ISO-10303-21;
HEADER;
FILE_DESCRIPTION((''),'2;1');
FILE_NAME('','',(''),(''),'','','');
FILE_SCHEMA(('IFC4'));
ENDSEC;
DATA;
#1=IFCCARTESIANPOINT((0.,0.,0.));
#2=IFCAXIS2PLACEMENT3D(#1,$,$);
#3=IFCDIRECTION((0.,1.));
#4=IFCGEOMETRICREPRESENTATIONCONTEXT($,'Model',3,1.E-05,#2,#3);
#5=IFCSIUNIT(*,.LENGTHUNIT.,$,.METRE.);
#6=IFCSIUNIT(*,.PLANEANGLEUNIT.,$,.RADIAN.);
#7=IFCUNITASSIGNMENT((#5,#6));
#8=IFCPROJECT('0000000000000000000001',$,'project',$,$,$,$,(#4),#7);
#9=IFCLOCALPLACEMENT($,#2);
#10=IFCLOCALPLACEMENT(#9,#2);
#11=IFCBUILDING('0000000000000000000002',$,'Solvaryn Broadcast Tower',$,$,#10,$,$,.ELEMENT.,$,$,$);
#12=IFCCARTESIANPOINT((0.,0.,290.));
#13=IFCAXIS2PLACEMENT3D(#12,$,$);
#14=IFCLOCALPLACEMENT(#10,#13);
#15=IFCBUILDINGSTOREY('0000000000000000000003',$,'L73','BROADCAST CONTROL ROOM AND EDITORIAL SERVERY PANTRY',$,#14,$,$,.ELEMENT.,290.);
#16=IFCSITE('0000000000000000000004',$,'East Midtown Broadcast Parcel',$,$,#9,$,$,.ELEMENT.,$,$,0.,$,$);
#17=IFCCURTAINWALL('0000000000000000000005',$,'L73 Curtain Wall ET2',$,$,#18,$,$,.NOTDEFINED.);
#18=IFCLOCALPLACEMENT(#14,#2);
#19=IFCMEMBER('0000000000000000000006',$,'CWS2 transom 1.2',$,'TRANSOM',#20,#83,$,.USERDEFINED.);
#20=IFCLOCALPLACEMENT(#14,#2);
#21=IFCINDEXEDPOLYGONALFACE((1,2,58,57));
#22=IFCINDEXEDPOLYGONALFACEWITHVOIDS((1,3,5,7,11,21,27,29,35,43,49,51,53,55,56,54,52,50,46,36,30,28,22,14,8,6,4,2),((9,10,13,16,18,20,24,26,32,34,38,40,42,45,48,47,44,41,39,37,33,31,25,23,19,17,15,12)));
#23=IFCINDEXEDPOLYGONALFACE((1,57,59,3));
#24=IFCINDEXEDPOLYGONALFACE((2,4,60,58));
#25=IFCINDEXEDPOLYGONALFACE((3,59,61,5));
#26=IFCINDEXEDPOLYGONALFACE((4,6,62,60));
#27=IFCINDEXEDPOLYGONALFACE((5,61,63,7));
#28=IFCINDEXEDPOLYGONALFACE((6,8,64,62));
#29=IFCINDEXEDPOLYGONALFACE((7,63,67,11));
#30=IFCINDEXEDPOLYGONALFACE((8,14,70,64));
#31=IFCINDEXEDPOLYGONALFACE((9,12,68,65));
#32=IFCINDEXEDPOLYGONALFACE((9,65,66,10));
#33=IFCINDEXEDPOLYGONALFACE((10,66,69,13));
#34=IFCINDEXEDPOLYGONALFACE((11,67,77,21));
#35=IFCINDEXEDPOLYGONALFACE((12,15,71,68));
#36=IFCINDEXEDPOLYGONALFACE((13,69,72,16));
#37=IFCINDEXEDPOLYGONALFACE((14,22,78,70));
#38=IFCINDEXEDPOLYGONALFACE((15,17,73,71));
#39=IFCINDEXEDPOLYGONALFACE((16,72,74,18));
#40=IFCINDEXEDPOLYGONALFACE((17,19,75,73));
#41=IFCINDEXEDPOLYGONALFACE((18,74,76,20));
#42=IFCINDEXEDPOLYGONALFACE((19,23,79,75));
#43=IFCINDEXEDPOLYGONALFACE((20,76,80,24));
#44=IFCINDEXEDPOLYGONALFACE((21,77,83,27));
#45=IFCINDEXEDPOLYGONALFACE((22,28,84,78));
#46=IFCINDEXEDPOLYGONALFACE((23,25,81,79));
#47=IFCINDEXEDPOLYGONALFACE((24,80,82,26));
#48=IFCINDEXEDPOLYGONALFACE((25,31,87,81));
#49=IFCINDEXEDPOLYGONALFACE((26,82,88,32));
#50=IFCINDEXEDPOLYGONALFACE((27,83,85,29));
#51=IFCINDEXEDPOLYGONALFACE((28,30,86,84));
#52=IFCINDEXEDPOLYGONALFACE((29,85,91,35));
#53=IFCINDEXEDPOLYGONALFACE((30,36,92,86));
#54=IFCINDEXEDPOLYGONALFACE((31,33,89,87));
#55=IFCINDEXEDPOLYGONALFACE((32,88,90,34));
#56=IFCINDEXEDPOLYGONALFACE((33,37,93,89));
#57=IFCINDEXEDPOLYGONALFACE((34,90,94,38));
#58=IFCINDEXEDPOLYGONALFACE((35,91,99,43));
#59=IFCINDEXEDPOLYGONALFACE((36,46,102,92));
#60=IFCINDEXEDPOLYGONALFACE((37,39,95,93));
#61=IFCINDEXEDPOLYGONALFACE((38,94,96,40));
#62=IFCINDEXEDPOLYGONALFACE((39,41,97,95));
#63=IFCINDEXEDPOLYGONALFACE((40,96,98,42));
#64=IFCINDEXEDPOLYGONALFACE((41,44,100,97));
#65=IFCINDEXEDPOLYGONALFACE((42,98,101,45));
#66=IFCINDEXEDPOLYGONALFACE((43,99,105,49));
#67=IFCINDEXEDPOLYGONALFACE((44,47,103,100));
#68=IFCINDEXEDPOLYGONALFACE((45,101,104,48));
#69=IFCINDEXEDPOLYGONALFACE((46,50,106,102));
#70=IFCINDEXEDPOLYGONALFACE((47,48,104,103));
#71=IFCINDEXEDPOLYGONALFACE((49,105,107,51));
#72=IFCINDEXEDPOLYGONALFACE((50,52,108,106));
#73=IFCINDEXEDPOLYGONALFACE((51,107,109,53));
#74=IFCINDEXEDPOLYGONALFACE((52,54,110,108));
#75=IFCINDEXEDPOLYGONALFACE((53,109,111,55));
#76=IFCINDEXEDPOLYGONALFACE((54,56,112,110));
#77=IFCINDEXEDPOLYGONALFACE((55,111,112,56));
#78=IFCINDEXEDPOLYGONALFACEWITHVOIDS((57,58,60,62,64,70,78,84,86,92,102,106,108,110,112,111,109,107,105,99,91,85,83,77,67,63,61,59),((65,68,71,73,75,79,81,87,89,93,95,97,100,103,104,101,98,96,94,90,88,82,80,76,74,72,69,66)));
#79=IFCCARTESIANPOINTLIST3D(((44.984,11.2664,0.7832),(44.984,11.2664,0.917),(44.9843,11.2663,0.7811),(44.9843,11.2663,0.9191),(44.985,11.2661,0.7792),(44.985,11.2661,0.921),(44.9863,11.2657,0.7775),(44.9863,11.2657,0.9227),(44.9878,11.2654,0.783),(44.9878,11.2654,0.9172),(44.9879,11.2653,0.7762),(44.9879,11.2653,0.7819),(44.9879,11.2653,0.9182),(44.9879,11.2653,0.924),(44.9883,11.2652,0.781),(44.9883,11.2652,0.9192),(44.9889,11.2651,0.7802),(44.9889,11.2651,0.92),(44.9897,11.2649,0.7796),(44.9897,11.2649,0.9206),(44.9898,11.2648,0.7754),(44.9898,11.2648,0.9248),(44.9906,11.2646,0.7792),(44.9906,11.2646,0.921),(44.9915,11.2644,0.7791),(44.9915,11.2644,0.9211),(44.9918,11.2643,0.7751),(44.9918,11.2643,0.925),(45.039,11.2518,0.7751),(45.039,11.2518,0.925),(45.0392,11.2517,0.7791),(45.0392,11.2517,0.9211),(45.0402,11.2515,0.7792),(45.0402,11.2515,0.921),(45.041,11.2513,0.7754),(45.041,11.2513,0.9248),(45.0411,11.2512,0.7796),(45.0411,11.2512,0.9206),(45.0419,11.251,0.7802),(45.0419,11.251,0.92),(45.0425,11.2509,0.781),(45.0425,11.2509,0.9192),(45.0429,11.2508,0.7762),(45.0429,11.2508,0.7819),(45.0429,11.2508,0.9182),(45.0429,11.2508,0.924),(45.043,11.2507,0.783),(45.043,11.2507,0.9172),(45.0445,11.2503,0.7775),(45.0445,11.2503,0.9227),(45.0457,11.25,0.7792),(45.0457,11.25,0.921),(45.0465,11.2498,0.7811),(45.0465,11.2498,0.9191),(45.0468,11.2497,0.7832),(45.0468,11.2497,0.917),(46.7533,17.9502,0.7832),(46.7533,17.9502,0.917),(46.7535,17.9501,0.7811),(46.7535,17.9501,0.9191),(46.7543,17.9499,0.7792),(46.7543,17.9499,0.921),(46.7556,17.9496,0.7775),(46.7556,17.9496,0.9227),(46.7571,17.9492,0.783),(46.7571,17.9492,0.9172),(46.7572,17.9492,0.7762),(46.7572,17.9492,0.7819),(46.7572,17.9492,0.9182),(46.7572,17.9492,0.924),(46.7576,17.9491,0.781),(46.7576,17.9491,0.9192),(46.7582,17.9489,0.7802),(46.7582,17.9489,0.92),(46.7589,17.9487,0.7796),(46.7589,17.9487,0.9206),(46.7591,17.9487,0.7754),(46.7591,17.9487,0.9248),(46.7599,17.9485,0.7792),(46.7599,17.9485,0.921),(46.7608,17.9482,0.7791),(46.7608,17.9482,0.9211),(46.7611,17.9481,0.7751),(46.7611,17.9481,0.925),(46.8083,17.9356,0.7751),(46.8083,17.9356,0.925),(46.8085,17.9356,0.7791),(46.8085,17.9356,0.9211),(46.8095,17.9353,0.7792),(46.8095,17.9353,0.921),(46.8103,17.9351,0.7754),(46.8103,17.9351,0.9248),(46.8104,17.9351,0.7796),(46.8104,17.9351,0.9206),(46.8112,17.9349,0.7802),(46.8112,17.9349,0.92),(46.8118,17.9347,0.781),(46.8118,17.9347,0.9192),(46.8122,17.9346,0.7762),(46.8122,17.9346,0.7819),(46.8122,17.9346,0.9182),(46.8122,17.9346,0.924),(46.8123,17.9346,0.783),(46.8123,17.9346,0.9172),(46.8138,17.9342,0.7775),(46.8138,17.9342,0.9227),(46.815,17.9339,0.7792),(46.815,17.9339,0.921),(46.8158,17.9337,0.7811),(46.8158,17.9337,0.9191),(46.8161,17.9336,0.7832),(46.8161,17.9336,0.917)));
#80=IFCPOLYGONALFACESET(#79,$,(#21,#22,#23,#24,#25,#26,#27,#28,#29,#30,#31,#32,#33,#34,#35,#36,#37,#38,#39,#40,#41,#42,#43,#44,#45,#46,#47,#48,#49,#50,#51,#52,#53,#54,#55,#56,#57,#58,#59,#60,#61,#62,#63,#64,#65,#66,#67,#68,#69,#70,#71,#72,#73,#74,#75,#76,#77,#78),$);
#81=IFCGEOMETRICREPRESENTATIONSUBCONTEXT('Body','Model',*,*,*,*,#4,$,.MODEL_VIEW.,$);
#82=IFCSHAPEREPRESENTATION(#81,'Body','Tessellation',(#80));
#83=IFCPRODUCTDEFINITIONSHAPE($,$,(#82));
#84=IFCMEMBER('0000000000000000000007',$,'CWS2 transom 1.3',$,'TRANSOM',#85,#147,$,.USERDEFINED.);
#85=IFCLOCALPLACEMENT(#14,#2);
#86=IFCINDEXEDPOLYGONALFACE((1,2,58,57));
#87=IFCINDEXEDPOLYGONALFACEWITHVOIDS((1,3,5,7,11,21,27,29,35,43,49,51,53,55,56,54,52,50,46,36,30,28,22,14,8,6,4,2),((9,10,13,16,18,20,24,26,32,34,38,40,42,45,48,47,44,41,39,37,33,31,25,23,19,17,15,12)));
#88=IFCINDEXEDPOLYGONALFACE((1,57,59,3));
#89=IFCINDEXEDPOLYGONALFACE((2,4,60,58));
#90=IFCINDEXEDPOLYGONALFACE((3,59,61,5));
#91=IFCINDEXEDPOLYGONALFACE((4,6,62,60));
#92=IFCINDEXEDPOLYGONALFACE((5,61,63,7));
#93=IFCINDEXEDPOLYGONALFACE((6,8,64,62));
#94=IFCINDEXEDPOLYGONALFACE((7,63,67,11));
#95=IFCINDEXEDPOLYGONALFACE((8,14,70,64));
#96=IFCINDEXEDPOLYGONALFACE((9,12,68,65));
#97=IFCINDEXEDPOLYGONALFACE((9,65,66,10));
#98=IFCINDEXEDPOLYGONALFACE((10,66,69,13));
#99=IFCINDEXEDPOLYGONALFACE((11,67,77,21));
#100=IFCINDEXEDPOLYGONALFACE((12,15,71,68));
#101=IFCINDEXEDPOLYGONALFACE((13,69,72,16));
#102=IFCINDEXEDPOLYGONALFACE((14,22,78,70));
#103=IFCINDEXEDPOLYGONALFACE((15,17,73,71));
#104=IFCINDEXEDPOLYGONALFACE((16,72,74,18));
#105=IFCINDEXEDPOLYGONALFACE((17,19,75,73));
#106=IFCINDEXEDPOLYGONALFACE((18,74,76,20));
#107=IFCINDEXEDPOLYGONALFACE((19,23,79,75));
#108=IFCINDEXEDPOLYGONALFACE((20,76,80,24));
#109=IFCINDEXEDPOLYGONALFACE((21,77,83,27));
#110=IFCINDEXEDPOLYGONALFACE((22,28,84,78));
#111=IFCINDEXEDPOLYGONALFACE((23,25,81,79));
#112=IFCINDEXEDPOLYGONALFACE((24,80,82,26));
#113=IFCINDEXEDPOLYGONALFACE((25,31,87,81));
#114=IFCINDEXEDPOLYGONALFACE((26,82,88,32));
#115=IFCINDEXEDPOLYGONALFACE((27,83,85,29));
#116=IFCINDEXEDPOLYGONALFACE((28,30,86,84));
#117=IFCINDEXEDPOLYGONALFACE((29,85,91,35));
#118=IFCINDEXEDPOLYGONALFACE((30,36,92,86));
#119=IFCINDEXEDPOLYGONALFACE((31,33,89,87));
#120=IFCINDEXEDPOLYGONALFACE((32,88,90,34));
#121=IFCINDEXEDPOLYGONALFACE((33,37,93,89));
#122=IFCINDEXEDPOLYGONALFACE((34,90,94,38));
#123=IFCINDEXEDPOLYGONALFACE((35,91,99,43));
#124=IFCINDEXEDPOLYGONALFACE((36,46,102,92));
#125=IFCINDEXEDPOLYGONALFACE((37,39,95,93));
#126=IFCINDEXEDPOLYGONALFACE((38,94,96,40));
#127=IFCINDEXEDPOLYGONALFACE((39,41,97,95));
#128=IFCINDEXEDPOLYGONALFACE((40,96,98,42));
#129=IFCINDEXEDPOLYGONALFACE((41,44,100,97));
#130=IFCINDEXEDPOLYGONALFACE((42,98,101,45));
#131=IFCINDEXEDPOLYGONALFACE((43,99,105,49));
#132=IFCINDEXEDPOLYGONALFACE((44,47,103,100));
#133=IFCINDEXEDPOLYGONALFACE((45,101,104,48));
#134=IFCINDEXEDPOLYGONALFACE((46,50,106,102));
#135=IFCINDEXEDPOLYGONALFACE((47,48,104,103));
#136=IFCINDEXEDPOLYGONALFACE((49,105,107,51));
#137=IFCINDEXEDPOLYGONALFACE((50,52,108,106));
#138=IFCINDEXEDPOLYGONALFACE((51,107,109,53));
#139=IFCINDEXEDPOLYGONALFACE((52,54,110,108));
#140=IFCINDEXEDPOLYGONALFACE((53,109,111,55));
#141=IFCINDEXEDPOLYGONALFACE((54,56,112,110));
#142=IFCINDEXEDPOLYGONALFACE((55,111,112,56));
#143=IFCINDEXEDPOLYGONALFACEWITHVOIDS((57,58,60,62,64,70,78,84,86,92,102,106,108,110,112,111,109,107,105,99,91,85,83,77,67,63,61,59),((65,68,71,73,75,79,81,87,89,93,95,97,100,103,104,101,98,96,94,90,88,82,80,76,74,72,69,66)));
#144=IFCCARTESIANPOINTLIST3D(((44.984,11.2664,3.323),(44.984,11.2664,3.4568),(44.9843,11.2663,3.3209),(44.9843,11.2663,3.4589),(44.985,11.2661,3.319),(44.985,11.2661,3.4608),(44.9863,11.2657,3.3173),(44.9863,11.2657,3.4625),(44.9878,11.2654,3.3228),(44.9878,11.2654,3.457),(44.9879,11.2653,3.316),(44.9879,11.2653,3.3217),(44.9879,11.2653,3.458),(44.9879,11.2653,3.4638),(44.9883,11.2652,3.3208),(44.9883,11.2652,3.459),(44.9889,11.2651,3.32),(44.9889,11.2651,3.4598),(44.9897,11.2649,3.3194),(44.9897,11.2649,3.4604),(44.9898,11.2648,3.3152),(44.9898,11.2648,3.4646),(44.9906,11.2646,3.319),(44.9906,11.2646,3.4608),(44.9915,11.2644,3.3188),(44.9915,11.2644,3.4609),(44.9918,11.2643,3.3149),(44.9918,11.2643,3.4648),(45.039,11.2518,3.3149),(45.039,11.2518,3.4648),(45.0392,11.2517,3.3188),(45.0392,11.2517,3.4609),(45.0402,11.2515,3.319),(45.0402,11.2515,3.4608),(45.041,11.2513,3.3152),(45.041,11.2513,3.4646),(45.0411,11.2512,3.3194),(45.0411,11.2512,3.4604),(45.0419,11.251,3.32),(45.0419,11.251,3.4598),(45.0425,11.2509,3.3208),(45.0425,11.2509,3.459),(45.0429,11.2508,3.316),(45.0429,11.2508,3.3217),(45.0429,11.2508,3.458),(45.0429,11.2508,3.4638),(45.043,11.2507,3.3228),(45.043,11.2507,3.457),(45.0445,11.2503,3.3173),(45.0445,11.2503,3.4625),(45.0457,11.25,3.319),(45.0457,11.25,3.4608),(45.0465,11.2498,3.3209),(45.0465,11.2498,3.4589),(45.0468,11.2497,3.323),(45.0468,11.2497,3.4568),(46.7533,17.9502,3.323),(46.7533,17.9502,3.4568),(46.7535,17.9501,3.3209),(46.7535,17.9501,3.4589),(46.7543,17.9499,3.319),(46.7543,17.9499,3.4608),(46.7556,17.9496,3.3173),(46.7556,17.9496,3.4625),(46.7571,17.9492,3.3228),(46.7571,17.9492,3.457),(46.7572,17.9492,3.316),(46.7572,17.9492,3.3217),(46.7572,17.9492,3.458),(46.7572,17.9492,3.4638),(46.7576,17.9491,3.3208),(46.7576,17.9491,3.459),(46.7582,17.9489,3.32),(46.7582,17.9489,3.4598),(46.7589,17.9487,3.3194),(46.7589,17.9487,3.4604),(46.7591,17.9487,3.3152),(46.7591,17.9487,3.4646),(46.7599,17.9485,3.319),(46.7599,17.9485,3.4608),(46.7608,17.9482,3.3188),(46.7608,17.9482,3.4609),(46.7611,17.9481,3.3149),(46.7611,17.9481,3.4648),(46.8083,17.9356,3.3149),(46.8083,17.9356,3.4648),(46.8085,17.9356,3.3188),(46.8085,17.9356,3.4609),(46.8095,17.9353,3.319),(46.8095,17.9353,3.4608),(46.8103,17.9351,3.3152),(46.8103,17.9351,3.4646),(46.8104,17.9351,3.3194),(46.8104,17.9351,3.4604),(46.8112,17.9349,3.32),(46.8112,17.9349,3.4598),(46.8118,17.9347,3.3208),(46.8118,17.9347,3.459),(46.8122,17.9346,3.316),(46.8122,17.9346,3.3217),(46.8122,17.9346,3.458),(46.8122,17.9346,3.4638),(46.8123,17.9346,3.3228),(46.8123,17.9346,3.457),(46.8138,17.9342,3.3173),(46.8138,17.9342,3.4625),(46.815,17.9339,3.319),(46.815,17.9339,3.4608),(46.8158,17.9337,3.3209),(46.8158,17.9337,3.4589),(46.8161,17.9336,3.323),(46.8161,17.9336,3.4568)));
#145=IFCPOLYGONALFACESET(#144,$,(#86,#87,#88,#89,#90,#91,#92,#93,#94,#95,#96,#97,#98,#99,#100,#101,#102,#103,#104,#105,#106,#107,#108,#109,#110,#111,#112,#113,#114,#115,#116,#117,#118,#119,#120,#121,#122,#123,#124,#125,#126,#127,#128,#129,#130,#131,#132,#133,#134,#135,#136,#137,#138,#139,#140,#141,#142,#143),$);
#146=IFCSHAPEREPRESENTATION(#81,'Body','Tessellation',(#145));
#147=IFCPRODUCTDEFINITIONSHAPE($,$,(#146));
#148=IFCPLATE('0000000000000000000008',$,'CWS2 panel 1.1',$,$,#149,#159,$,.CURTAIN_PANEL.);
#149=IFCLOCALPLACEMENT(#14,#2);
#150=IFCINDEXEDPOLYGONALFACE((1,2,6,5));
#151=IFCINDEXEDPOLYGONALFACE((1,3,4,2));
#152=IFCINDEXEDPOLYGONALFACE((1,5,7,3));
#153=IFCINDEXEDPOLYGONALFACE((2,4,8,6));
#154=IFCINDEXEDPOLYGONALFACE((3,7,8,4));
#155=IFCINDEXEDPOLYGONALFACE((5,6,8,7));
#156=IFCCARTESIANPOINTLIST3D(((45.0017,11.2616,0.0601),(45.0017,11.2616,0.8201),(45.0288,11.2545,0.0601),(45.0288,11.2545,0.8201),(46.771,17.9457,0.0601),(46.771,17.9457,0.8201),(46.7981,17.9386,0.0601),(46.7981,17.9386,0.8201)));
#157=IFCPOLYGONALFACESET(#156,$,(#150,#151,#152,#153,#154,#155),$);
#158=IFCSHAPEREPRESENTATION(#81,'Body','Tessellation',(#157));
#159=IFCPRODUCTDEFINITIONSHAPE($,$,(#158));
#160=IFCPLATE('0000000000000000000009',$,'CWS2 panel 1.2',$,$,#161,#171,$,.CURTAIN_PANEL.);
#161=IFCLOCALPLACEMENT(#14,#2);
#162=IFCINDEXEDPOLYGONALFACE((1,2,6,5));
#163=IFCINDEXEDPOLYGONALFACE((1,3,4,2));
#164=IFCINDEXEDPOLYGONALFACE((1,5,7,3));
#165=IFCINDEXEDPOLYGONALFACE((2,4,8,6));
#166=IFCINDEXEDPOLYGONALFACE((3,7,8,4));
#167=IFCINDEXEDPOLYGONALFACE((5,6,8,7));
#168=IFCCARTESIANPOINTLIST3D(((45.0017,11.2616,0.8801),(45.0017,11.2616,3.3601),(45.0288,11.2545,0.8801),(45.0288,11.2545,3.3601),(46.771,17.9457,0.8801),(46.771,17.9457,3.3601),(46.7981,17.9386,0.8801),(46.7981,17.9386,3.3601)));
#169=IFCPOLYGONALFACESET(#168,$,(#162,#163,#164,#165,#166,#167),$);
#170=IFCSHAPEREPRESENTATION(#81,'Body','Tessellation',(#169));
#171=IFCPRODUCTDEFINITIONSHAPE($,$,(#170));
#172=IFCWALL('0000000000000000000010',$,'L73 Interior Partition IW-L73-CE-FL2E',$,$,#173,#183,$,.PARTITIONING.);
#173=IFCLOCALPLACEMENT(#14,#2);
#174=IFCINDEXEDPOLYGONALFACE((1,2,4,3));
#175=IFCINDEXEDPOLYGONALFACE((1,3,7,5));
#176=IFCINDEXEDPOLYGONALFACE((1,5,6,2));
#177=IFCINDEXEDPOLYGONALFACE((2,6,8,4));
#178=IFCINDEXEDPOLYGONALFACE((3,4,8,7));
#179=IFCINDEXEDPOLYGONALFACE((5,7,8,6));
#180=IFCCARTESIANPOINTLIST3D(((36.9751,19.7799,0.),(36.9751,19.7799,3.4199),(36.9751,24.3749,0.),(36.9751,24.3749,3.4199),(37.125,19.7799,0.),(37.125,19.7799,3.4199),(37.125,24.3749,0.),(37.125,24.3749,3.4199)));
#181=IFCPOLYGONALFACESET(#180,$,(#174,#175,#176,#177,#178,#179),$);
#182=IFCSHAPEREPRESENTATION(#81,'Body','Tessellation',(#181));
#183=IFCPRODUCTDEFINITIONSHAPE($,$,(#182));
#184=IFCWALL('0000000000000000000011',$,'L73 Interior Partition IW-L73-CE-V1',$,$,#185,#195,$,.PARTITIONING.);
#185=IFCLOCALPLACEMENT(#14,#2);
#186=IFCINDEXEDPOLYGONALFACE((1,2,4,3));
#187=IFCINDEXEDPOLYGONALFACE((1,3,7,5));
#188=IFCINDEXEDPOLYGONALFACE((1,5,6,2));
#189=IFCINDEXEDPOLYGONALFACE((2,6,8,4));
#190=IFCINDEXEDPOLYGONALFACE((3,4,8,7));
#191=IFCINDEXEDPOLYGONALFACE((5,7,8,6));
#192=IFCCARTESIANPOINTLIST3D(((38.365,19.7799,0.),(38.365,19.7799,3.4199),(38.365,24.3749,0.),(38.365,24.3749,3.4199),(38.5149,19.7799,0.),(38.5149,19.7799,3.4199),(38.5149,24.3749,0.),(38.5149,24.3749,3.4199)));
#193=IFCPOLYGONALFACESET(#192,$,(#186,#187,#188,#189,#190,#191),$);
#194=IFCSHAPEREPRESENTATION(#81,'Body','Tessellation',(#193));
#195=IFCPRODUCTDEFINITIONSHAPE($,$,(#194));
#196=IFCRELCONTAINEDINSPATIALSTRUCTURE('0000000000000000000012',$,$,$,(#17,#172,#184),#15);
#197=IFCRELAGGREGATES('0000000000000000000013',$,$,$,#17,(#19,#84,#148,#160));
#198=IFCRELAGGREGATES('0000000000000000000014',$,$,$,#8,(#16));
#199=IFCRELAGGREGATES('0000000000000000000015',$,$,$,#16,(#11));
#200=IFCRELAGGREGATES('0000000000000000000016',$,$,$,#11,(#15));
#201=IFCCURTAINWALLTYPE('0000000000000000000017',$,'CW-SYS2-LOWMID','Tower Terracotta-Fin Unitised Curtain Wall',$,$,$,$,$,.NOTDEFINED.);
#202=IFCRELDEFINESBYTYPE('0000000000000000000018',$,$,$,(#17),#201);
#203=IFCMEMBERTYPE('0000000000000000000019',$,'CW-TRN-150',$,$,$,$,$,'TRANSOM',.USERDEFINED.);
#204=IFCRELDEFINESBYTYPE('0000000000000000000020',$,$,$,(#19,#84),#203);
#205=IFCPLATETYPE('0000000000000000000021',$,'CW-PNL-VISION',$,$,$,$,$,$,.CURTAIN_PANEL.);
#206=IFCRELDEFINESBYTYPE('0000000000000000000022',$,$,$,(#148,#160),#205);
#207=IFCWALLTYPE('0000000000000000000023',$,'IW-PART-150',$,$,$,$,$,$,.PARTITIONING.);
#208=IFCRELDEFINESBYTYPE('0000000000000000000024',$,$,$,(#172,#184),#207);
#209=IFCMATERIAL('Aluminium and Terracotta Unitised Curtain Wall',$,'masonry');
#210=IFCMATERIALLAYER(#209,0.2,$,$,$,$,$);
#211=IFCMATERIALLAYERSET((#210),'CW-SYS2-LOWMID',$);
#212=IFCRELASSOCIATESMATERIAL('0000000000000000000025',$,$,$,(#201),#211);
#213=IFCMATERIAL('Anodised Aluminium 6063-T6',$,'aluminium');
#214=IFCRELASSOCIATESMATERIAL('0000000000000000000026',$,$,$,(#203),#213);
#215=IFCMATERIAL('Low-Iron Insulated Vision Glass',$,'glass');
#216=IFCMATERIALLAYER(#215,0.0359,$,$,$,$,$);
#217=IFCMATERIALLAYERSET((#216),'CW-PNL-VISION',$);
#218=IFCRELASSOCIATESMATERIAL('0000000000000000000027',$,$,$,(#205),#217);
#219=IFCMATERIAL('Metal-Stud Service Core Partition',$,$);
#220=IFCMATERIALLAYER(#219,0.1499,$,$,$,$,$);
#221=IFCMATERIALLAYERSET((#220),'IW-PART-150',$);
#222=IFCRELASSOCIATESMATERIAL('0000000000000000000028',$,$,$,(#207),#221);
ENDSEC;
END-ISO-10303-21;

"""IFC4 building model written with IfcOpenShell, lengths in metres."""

from ifc_helpers import new_model, si_unit, direction, frame, frame_2d, origin, origin_2d, place, context, subcontext, project, spatial, rectangle, hollow_rectangle, extrude, material, layer, layer_set, material_profile, profile_set, type_object, element, aggregate, save


model = new_model("IFC4")

# Units and contexts
model_context = context("Model", 3, precision=1e-05, world=origin(), true_north=direction((0.0, 1.0)))
body_context = subcontext(model_context, "Body", "Model", "MODEL_VIEW")
ifc_project = project(units=[si_unit("LENGTHUNIT", "METRE"), si_unit("PLANEANGLEUNIT", "RADIAN")], contexts=[model_context])

# Site, building, storey
site_placement = place(None, origin())
site = spatial("IfcSite", under=ifc_project, at=site_placement, Name="East Midtown Broadcast Parcel", CompositionType="ELEMENT", RefElevation=0.0)
building_placement = place(site_placement, origin())
building = spatial("IfcBuilding", under=site, at=building_placement, Name="Solvaryn Broadcast Tower", CompositionType="ELEMENT")
storey_placement = place(building_placement, frame((0.0, 0.0, 290.0)))
storey = spatial("IfcBuildingStorey", under=building, at=storey_placement, Name="L73", Description="BROADCAST CONTROL ROOM AND EDITORIAL SERVERY PANTRY", CompositionType="ELEMENT", Elevation=290.0)

# Shared definitions
ifc_material_1 = material(Name="Aluminium and Terracotta Unitised Curtain Wall", Category="masonry")
ifc_layer_1 = layer(ifc_material_1, 0.2)
ifc_layer_set_1 = layer_set([ifc_layer_1], Name="CW-SYS2-LOWMID")
curtain_wall_type = type_object("IfcCurtainWallType", Name="CW-SYS2-LOWMID", Description="Tower Terracotta-Fin Unitised Curtain Wall", PredefinedType="NOTDEFINED", material=ifc_layer_set_1)

# Curtain wall, members, plates
curtain_wall_1_placement = place(storey_placement, origin())
curtain_wall_1 = element("IfcCurtainWall", 1, at=curtain_wall_1_placement, inside=storey, type_object=curtain_wall_type, Name="L73 Curtain Wall ET2", PredefinedType="NOTDEFINED")
ifc_material_2 = material(Name="Anodised Aluminium 6063-T6", Category="aluminium")
ifc_material_profile_1 = material_profile(ifc_material_2, hollow_rectangle(XDim=0.0649, YDim=0.1499, WallThickness=0.0039, InnerFilletRadius=0.0039, OuterFilletRadius=0.0081, at=origin_2d()))
ifc_profile_set_1 = profile_set([ifc_material_profile_1], Name="Anodised Aluminium 6063-T6")
member_type_1 = type_object("IfcMemberType", Name="CW-TRN-150", ElementType="TRANSOM", PredefinedType="USERDEFINED", material=ifc_profile_set_1)
member_1_placement = place(storey_placement, frame((46.7847, 17.9419, 0.8501), z_axis=(-0.255897, -0.966704, 0.0), x_axis=(0.966704, -0.255897, 0.0)))
member_1 = element("IfcMember", 2, at=member_1_placement, type_object=member_type_1, Name="CWS2 transom 1.2", ObjectType="TRANSOM", PredefinedType="USERDEFINED", context=body_context, shape_type="SweptSolid", body=[
    extrude(hollow_rectangle(XDim=0.0649, YDim=0.1499, WallThickness=0.0039, InnerFilletRadius=0.0039, OuterFilletRadius=0.0081, at=origin_2d()), origin(), (0.0, 0.0, 1.0), 6.9141),
])
member_2_placement = place(storey_placement, frame((46.7847, 17.9419, 3.3899), z_axis=(-0.255897, -0.966704, 0.0), x_axis=(0.966704, -0.255897, 0.0)))
member_2 = element("IfcMember", 3, at=member_2_placement, type_object=member_type_1, Name="CWS2 transom 1.3", ObjectType="TRANSOM", PredefinedType="USERDEFINED", context=body_context, shape_type="SweptSolid", body=[
    extrude(hollow_rectangle(XDim=0.0649, YDim=0.1499, WallThickness=0.0039, InnerFilletRadius=0.0039, OuterFilletRadius=0.0081, at=origin_2d()), origin(), (0.0, 0.0, 1.0), 6.9141),
])
ifc_material_3 = material(Name="Low-Iron Insulated Vision Glass", Category="glass")
ifc_layer_2 = layer(ifc_material_3, 0.0359)
ifc_layer_set_2 = layer_set([ifc_layer_2], Name="CW-PNL-VISION")
plate_type = type_object("IfcPlateType", Name="CW-PNL-VISION", PredefinedType="CURTAIN_PANEL", material=ifc_layer_set_2)
plate_1_placement = place(storey_placement, frame((45.8999, 14.6001, 0.0601), z_axis=(0.0, 0.0, 1.0), x_axis=(-0.255893, -0.966705, 0.0)))
plate_1 = element("IfcPlate", 4, at=plate_1_placement, type_object=plate_type, Name="CWS2 panel 1.1", PredefinedType="CURTAIN_PANEL", context=body_context, shape_type="SweptSolid", body=[
    extrude(rectangle(XDim=6.9143, YDim=0.0281, at=origin_2d()), origin(), (0.0, 0.0, 1.0), 0.76),
])
plate_2_placement = place(storey_placement, frame((45.8999, 14.6001, 0.8801), z_axis=(0.0, 0.0, 1.0), x_axis=(-0.255893, -0.966705, 0.0)))
plate_2 = element("IfcPlate", 5, at=plate_2_placement, type_object=plate_type, Name="CWS2 panel 1.2", PredefinedType="CURTAIN_PANEL", context=body_context, shape_type="SweptSolid", body=[
    extrude(rectangle(XDim=6.9143, YDim=0.0281, at=origin_2d()), origin(), (0.0, 0.0, 1.0), 2.48),
])
aggregate(curtain_wall_1, [member_1, member_2, plate_1, plate_2])

# Walls
ifc_material_4 = material(Name="Metal-Stud Service Core Partition")
ifc_layer_3 = layer(ifc_material_4, 0.1499)
ifc_layer_set_3 = layer_set([ifc_layer_3], Name="IW-PART-150")
wall_type_1 = type_object("IfcWallType", Name="IW-PART-150", PredefinedType="PARTITIONING", material=ifc_layer_set_3)
for number, where, z_axis, x_axis, name in (
    (6, (37.05, 19.78, 0.0), (0.0, 0.0, 1.0), (0.0, 1.0, 0.0), "L73 Interior Partition IW-L73-CE-FL2E"),
    (7, (38.4399, 19.78, 0.0), (0.0, 0.0, 1.0), (0.0, 1.0, 0.0), "L73 Interior Partition IW-L73-CE-V1"),
):
    element("IfcWall", number, at=place(storey_placement, frame(where, z_axis=z_axis, x_axis=x_axis)), inside=storey, type_object=wall_type_1, Name=name, PredefinedType="PARTITIONING", context=body_context, shape_type="SweptSolid", body=[
        extrude(rectangle(XDim=4.595, YDim=0.1499, at=frame_2d((2.2974, 0.0))), origin(), (0.0, 0.0, 1.0), 3.4199),
    ])

save(model, "model.ifc")
